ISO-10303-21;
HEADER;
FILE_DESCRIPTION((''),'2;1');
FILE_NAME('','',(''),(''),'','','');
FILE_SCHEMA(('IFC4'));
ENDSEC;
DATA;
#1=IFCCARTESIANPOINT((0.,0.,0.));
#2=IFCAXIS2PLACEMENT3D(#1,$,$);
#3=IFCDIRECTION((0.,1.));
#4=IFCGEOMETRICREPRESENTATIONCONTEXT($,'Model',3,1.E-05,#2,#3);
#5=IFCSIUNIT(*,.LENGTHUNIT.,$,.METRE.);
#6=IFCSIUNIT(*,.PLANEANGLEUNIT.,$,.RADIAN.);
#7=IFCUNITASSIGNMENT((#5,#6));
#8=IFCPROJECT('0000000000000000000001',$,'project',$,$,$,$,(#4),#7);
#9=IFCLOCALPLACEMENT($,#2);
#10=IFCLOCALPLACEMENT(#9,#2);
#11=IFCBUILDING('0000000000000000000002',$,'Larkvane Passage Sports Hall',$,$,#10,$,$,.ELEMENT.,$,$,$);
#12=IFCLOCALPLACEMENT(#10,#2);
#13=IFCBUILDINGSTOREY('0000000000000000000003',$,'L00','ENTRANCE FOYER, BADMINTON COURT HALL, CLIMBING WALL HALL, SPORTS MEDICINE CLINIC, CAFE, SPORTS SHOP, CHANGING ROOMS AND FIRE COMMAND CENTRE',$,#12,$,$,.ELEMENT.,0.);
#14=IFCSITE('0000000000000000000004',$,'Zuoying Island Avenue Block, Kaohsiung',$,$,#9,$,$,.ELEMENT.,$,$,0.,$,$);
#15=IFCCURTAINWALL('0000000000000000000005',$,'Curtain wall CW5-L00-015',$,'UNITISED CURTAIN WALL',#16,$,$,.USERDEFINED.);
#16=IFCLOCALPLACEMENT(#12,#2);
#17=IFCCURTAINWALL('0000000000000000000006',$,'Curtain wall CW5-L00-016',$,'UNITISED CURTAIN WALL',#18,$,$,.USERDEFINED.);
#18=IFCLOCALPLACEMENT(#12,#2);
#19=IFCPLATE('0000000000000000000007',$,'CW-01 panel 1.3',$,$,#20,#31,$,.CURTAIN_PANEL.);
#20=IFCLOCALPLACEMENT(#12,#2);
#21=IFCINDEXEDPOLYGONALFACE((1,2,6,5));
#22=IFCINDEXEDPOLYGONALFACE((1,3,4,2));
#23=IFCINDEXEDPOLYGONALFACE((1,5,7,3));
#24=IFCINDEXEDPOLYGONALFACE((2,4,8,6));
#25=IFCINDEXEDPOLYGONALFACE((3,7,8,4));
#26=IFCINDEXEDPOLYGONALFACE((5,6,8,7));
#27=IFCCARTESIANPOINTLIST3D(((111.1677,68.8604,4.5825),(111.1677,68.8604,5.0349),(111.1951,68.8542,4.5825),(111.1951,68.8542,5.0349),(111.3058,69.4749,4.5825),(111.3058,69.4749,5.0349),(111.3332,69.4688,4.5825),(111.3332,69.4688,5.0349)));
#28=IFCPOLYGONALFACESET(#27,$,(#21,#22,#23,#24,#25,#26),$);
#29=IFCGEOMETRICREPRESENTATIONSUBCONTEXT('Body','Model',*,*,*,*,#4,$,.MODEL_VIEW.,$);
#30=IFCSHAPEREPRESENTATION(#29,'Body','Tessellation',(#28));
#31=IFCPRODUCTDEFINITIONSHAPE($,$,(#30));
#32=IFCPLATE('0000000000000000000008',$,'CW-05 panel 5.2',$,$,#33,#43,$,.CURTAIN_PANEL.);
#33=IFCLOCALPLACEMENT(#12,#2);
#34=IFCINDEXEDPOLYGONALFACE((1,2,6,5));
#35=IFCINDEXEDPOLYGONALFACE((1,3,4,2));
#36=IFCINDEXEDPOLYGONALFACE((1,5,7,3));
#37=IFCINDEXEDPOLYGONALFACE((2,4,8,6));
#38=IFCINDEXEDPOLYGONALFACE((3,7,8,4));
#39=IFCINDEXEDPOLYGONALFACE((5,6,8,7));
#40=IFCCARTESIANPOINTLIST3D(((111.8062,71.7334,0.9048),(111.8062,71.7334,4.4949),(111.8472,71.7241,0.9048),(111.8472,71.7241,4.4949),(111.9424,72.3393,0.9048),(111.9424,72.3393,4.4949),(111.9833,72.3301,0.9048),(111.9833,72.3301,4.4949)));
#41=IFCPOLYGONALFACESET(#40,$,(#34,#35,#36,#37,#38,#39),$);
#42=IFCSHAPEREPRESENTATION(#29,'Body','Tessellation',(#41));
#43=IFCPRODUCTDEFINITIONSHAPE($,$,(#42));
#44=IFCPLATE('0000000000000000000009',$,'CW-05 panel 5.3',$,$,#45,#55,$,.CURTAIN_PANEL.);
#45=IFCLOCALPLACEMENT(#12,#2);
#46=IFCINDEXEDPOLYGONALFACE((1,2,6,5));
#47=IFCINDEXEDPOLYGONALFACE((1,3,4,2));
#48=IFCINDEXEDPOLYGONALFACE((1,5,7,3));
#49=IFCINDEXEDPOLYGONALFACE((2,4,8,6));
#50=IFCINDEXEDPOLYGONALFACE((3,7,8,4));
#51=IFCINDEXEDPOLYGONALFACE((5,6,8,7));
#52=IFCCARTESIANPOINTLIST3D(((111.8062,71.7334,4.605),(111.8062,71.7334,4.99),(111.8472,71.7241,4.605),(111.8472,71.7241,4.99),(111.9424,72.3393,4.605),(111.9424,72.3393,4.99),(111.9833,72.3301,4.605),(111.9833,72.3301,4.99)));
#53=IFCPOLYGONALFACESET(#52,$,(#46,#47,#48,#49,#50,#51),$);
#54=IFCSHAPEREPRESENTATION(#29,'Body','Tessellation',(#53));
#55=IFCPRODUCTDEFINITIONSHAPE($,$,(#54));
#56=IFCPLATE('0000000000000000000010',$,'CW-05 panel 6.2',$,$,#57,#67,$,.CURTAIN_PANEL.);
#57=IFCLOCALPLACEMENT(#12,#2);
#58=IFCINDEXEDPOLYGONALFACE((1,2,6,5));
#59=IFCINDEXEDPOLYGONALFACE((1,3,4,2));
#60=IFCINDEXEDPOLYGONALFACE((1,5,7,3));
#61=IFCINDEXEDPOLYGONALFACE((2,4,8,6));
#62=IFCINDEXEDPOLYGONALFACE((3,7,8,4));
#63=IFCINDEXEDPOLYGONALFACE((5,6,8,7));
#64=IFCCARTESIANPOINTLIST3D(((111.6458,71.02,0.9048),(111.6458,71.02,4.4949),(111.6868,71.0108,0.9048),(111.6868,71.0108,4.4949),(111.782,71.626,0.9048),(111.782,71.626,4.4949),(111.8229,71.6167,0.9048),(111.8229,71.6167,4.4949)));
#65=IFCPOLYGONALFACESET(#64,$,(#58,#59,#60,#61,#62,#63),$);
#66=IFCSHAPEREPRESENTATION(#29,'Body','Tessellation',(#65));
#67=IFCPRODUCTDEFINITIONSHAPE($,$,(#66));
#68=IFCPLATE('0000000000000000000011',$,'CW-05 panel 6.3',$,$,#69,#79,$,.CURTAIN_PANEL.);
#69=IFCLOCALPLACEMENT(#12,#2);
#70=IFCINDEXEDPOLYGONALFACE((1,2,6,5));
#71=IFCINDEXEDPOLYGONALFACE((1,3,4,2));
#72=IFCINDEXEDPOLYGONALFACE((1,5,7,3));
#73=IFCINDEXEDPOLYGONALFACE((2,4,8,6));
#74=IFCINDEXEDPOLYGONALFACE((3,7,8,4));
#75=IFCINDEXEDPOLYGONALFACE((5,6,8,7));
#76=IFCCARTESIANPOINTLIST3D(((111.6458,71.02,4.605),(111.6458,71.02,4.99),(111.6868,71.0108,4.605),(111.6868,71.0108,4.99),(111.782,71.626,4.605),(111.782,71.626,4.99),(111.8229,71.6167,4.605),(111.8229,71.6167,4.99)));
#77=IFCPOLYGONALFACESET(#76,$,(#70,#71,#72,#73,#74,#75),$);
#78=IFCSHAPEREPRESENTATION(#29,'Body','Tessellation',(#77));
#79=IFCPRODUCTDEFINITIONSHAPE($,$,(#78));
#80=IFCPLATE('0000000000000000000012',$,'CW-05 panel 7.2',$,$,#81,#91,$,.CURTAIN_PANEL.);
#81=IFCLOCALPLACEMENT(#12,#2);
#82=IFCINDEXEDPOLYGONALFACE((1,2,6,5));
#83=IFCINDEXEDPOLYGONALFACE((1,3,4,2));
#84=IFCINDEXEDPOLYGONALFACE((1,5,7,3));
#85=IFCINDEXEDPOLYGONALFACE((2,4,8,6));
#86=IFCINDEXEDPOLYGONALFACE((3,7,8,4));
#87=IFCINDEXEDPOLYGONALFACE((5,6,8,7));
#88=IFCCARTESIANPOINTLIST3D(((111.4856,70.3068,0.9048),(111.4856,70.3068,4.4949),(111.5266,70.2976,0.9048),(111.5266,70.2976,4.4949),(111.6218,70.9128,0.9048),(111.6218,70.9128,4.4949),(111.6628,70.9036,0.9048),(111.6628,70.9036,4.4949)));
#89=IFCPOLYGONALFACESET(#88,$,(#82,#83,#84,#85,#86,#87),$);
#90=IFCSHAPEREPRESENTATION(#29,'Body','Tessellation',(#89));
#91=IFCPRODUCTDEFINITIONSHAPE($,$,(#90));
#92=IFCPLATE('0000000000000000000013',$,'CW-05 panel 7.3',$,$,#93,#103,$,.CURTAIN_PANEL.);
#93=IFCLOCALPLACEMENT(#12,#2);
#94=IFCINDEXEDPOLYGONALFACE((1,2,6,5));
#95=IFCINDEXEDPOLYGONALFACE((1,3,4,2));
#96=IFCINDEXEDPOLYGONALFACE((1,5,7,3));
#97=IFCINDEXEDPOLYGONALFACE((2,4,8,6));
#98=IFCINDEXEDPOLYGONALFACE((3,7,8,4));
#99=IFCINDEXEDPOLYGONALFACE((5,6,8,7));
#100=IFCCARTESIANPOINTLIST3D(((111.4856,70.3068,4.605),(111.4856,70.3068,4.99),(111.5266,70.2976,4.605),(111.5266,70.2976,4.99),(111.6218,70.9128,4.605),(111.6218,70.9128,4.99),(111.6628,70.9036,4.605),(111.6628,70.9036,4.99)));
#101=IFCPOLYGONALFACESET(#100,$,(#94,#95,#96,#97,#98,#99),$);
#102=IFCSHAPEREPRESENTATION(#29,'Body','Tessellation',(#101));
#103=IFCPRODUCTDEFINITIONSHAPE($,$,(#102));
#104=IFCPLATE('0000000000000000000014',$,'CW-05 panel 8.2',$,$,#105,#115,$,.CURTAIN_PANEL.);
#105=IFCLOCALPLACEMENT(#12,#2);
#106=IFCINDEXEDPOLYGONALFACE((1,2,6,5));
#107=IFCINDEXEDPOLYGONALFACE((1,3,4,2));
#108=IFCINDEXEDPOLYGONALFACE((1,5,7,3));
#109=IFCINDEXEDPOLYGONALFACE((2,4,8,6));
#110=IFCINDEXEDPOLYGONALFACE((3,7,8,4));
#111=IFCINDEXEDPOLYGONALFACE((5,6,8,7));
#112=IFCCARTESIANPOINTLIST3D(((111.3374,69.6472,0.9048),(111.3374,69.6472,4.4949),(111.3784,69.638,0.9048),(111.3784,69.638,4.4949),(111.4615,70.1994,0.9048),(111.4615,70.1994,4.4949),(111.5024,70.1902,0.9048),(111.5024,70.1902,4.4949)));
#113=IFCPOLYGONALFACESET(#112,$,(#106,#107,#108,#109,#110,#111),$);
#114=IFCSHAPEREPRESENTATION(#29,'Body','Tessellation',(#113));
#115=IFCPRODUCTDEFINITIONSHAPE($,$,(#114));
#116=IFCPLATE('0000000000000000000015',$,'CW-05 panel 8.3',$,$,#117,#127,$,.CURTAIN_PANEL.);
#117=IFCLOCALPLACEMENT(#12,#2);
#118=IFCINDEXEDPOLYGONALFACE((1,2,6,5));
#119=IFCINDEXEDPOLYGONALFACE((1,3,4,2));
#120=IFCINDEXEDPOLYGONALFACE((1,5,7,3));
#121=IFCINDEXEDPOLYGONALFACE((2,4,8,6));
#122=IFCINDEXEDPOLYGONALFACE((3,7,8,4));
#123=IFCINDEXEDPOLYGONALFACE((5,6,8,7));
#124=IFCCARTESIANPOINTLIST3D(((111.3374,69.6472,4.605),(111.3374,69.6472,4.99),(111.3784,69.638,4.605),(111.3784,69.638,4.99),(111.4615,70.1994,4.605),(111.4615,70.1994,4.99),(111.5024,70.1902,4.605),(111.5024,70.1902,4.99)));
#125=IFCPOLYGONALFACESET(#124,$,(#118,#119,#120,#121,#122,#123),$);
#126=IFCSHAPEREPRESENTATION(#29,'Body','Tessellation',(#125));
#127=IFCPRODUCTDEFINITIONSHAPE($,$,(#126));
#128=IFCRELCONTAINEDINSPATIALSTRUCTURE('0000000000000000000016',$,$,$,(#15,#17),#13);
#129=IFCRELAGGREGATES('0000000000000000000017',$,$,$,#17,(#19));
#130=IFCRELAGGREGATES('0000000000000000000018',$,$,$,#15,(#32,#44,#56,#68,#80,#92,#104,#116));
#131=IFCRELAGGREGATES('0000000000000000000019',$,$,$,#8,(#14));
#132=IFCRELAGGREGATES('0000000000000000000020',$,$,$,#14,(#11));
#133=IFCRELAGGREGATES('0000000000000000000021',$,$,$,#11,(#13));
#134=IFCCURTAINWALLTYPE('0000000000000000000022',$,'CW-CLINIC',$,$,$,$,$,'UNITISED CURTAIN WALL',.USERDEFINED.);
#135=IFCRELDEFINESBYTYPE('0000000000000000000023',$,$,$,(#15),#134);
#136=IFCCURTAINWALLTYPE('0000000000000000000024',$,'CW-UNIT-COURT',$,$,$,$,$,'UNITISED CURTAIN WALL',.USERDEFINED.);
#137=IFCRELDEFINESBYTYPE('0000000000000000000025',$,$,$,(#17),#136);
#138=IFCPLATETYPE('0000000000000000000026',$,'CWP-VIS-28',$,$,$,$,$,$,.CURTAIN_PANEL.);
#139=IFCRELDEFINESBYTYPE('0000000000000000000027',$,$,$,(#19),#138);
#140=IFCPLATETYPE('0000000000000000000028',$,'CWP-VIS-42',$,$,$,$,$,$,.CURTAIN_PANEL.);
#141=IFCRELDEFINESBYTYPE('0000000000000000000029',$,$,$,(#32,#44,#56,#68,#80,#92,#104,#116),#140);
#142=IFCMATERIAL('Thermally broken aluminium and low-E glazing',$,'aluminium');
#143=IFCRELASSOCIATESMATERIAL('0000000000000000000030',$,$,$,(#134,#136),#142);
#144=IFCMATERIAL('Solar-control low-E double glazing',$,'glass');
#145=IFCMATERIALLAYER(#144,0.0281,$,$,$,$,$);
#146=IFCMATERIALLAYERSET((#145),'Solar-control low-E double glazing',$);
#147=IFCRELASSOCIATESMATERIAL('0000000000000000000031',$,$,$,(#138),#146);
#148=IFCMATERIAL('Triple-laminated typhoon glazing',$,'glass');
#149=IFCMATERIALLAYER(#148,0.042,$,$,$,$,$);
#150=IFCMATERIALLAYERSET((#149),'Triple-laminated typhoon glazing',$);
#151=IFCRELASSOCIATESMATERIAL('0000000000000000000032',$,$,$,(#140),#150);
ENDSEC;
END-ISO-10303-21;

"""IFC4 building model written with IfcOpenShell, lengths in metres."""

from ifc_helpers import new_model, si_unit, direction, frame, origin, origin_2d, place, context, subcontext, project, spatial, rectangle, extrude, material, layer, layer_set, type_object, element, aggregate, save


model = new_model("IFC4")

# Units and contexts
model_context = context("Model", 3, precision=1e-05, world=origin(), true_north=direction((0.0, 1.0)))
body_context = subcontext(model_context, "Body", "Model", "MODEL_VIEW")
ifc_project = project(units=[si_unit("LENGTHUNIT", "METRE"), si_unit("PLANEANGLEUNIT", "RADIAN")], contexts=[model_context])

# Site, building, storey
site_placement = place(None, origin())
site = spatial("IfcSite", under=ifc_project, at=site_placement, Name="Zuoying Island Avenue Block, Kaohsiung", CompositionType="ELEMENT", RefElevation=0.0)
building_placement = place(site_placement, origin())
building = spatial("IfcBuilding", under=site, at=building_placement, Name="Larkvane Passage Sports Hall", CompositionType="ELEMENT")
storey_placement = place(building_placement, origin())
storey = spatial("IfcBuildingStorey", under=building, at=storey_placement, Name="L00", Description="ENTRANCE FOYER, BADMINTON COURT HALL, CLIMBING WALL HALL, SPORTS MEDICINE CLINIC, CAFE, SPORTS SHOP, CHANGING ROOMS AND FIRE COMMAND CENTRE", CompositionType="ELEMENT", Elevation=0.0)

# Curtain wall
ifc_material_1 = material(Name="Thermally broken aluminium and low-E glazing", Category="aluminium")
curtain_wall_type_1 = type_object("IfcCurtainWallType", Name="CW-CLINIC", ElementType="UNITISED CURTAIN WALL", PredefinedType="USERDEFINED", material=ifc_material_1)
curtain_wall_1_placement = place(storey_placement, origin())
curtain_wall_1 = element("IfcCurtainWall", 1, at=curtain_wall_1_placement, inside=storey, type_object=curtain_wall_type_1, Name="Curtain wall CW5-L00-015", ObjectType="UNITISED CURTAIN WALL", PredefinedType="USERDEFINED")

# Curtain wall, plate
curtain_wall_type_2 = type_object("IfcCurtainWallType", Name="CW-UNIT-COURT", ElementType="UNITISED CURTAIN WALL", PredefinedType="USERDEFINED", material=ifc_material_1)
curtain_wall_2_placement = place(storey_placement, origin())
curtain_wall_2 = element("IfcCurtainWall", 2, at=curtain_wall_2_placement, inside=storey, type_object=curtain_wall_type_2, Name="Curtain wall CW5-L00-016", ObjectType="UNITISED CURTAIN WALL", PredefinedType="USERDEFINED")
ifc_material_2 = material(Name="Solar-control low-E double glazing", Category="glass")
ifc_layer_1 = layer(ifc_material_2, 0.0281)
ifc_layer_set_1 = layer_set([ifc_layer_1], Name="Solar-control low-E double glazing")
plate_type_1 = type_object("IfcPlateType", Name="CWP-VIS-28", PredefinedType="CURTAIN_PANEL", material=ifc_layer_set_1)
plate_1_placement = place(storey_placement, frame((111.2505, 69.1646, 4.5825), z_axis=(0.0, 0.0, 1.0), x_axis=(-0.219261, -0.975666, 0.0)))
plate_1 = element("IfcPlate", 3, at=plate_1_placement, type_object=plate_type_1, Name="CW-01 panel 1.3", PredefinedType="CURTAIN_PANEL", context=body_context, shape_type="SweptSolid", body=[
    extrude(rectangle(XDim=0.6299, YDim=0.0281, at=origin_2d()), origin(), (0.0, 0.0, 1.0), 0.4524),
])
aggregate(curtain_wall_2, [plate_1])

# Plates
ifc_material_3 = material(Name="Triple-laminated typhoon glazing", Category="glass")
ifc_layer_2 = layer(ifc_material_3, 0.042)
ifc_layer_set_2 = layer_set([ifc_layer_2], Name="Triple-laminated typhoon glazing")
plate_type_2 = type_object("IfcPlateType", Name="CWP-VIS-42", PredefinedType="CURTAIN_PANEL", material=ifc_layer_set_2)
plate_2_placement = place(storey_placement, frame((111.8948, 72.0317, 0.9048), z_axis=(0.0, 0.0, 1.0), x_axis=(-0.219244, -0.97567, 0.0)))
plate_2 = element("IfcPlate", 4, at=plate_2_placement, type_object=plate_type_2, Name="CW-05 panel 5.2", PredefinedType="CURTAIN_PANEL", context=body_context, shape_type="SweptSolid", body=[
    extrude(rectangle(XDim=0.6211, YDim=0.042, at=origin_2d()), origin(), (0.0, 0.0, 1.0), 3.5901),
])
plate_3_placement = place(storey_placement, frame((111.8948, 72.0317, 4.605), z_axis=(0.0, 0.0, 1.0), x_axis=(-0.219244, -0.97567, 0.0)))
plate_3 = element("IfcPlate", 5, at=plate_3_placement, type_object=plate_type_2, Name="CW-05 panel 5.3", PredefinedType="CURTAIN_PANEL", context=body_context, shape_type="SweptSolid", body=[
    extrude(rectangle(XDim=0.6211, YDim=0.042, at=origin_2d()), origin(), (0.0, 0.0, 1.0), 0.385),
])
plate_4_placement = place(storey_placement, frame((111.7344, 71.3184, 0.9048), z_axis=(0.0, 0.0, 1.0), x_axis=(-0.219244, -0.97567, 0.0)))
plate_4 = element("IfcPlate", 6, at=plate_4_placement, type_object=plate_type_2, Name="CW-05 panel 6.2", PredefinedType="CURTAIN_PANEL", context=body_context, shape_type="SweptSolid", body=[
    extrude(rectangle(XDim=0.6211, YDim=0.042, at=origin_2d()), origin(), (0.0, 0.0, 1.0), 3.5901),
])
plate_5_placement = place(storey_placement, frame((111.7344, 71.3184, 4.605), z_axis=(0.0, 0.0, 1.0), x_axis=(-0.219244, -0.97567, 0.0)))
plate_5 = element("IfcPlate", 7, at=plate_5_placement, type_object=plate_type_2, Name="CW-05 panel 6.3", PredefinedType="CURTAIN_PANEL", context=body_context, shape_type="SweptSolid", body=[
    extrude(rectangle(XDim=0.6211, YDim=0.042, at=origin_2d()), origin(), (0.0, 0.0, 1.0), 0.385),
])
plate_6_placement = place(storey_placement, frame((111.5742, 70.6052, 0.9048), z_axis=(0.0, 0.0, 1.0), x_axis=(-0.219244, -0.97567, 0.0)))
plate_6 = element("IfcPlate", 8, at=plate_6_placement, type_object=plate_type_2, Name="CW-05 panel 7.2", PredefinedType="CURTAIN_PANEL", context=body_context, shape_type="SweptSolid", body=[
    extrude(rectangle(XDim=0.6211, YDim=0.042, at=origin_2d()), origin(), (0.0, 0.0, 1.0), 3.5901),
])
plate_7_placement = place(storey_placement, frame((111.5742, 70.6052, 4.605), z_axis=(0.0, 0.0, 1.0), x_axis=(-0.219244, -0.97567, 0.0)))
plate_7 = element("IfcPlate", 9, at=plate_7_placement, type_object=plate_type_2, Name="CW-05 panel 7.3", PredefinedType="CURTAIN_PANEL", context=body_context, shape_type="SweptSolid", body=[
    extrude(rectangle(XDim=0.6211, YDim=0.042, at=origin_2d()), origin(), (0.0, 0.0, 1.0), 0.385),
])
plate_8_placement = place(storey_placement, frame((111.4199, 69.9187, 0.9048), z_axis=(0.0, 0.0, 1.0), x_axis=(-0.219244, -0.97567, 0.0)))
plate_8 = element("IfcPlate", 10, at=plate_8_placement, type_object=plate_type_2, Name="CW-05 panel 8.2", PredefinedType="CURTAIN_PANEL", context=body_context, shape_type="SweptSolid", body=[
    extrude(rectangle(XDim=0.5659, YDim=0.042, at=origin_2d()), origin(), (0.0, 0.0, 1.0), 3.5901),
])
plate_9_placement = place(storey_placement, frame((111.4199, 69.9187, 4.605), z_axis=(0.0, 0.0, 1.0), x_axis=(-0.219244, -0.97567, 0.0)))
plate_9 = element("IfcPlate", 11, at=plate_9_placement, type_object=plate_type_2, Name="CW-05 panel 8.3", PredefinedType="CURTAIN_PANEL", context=body_context, shape_type="SweptSolid", body=[
    extrude(rectangle(XDim=0.5659, YDim=0.042, at=origin_2d()), origin(), (0.0, 0.0, 1.0), 0.385),
])
aggregate(curtain_wall_1, [plate_2, plate_3, plate_4, plate_5, plate_6, plate_7, plate_8, plate_9])

save(model, "model.ifc")
